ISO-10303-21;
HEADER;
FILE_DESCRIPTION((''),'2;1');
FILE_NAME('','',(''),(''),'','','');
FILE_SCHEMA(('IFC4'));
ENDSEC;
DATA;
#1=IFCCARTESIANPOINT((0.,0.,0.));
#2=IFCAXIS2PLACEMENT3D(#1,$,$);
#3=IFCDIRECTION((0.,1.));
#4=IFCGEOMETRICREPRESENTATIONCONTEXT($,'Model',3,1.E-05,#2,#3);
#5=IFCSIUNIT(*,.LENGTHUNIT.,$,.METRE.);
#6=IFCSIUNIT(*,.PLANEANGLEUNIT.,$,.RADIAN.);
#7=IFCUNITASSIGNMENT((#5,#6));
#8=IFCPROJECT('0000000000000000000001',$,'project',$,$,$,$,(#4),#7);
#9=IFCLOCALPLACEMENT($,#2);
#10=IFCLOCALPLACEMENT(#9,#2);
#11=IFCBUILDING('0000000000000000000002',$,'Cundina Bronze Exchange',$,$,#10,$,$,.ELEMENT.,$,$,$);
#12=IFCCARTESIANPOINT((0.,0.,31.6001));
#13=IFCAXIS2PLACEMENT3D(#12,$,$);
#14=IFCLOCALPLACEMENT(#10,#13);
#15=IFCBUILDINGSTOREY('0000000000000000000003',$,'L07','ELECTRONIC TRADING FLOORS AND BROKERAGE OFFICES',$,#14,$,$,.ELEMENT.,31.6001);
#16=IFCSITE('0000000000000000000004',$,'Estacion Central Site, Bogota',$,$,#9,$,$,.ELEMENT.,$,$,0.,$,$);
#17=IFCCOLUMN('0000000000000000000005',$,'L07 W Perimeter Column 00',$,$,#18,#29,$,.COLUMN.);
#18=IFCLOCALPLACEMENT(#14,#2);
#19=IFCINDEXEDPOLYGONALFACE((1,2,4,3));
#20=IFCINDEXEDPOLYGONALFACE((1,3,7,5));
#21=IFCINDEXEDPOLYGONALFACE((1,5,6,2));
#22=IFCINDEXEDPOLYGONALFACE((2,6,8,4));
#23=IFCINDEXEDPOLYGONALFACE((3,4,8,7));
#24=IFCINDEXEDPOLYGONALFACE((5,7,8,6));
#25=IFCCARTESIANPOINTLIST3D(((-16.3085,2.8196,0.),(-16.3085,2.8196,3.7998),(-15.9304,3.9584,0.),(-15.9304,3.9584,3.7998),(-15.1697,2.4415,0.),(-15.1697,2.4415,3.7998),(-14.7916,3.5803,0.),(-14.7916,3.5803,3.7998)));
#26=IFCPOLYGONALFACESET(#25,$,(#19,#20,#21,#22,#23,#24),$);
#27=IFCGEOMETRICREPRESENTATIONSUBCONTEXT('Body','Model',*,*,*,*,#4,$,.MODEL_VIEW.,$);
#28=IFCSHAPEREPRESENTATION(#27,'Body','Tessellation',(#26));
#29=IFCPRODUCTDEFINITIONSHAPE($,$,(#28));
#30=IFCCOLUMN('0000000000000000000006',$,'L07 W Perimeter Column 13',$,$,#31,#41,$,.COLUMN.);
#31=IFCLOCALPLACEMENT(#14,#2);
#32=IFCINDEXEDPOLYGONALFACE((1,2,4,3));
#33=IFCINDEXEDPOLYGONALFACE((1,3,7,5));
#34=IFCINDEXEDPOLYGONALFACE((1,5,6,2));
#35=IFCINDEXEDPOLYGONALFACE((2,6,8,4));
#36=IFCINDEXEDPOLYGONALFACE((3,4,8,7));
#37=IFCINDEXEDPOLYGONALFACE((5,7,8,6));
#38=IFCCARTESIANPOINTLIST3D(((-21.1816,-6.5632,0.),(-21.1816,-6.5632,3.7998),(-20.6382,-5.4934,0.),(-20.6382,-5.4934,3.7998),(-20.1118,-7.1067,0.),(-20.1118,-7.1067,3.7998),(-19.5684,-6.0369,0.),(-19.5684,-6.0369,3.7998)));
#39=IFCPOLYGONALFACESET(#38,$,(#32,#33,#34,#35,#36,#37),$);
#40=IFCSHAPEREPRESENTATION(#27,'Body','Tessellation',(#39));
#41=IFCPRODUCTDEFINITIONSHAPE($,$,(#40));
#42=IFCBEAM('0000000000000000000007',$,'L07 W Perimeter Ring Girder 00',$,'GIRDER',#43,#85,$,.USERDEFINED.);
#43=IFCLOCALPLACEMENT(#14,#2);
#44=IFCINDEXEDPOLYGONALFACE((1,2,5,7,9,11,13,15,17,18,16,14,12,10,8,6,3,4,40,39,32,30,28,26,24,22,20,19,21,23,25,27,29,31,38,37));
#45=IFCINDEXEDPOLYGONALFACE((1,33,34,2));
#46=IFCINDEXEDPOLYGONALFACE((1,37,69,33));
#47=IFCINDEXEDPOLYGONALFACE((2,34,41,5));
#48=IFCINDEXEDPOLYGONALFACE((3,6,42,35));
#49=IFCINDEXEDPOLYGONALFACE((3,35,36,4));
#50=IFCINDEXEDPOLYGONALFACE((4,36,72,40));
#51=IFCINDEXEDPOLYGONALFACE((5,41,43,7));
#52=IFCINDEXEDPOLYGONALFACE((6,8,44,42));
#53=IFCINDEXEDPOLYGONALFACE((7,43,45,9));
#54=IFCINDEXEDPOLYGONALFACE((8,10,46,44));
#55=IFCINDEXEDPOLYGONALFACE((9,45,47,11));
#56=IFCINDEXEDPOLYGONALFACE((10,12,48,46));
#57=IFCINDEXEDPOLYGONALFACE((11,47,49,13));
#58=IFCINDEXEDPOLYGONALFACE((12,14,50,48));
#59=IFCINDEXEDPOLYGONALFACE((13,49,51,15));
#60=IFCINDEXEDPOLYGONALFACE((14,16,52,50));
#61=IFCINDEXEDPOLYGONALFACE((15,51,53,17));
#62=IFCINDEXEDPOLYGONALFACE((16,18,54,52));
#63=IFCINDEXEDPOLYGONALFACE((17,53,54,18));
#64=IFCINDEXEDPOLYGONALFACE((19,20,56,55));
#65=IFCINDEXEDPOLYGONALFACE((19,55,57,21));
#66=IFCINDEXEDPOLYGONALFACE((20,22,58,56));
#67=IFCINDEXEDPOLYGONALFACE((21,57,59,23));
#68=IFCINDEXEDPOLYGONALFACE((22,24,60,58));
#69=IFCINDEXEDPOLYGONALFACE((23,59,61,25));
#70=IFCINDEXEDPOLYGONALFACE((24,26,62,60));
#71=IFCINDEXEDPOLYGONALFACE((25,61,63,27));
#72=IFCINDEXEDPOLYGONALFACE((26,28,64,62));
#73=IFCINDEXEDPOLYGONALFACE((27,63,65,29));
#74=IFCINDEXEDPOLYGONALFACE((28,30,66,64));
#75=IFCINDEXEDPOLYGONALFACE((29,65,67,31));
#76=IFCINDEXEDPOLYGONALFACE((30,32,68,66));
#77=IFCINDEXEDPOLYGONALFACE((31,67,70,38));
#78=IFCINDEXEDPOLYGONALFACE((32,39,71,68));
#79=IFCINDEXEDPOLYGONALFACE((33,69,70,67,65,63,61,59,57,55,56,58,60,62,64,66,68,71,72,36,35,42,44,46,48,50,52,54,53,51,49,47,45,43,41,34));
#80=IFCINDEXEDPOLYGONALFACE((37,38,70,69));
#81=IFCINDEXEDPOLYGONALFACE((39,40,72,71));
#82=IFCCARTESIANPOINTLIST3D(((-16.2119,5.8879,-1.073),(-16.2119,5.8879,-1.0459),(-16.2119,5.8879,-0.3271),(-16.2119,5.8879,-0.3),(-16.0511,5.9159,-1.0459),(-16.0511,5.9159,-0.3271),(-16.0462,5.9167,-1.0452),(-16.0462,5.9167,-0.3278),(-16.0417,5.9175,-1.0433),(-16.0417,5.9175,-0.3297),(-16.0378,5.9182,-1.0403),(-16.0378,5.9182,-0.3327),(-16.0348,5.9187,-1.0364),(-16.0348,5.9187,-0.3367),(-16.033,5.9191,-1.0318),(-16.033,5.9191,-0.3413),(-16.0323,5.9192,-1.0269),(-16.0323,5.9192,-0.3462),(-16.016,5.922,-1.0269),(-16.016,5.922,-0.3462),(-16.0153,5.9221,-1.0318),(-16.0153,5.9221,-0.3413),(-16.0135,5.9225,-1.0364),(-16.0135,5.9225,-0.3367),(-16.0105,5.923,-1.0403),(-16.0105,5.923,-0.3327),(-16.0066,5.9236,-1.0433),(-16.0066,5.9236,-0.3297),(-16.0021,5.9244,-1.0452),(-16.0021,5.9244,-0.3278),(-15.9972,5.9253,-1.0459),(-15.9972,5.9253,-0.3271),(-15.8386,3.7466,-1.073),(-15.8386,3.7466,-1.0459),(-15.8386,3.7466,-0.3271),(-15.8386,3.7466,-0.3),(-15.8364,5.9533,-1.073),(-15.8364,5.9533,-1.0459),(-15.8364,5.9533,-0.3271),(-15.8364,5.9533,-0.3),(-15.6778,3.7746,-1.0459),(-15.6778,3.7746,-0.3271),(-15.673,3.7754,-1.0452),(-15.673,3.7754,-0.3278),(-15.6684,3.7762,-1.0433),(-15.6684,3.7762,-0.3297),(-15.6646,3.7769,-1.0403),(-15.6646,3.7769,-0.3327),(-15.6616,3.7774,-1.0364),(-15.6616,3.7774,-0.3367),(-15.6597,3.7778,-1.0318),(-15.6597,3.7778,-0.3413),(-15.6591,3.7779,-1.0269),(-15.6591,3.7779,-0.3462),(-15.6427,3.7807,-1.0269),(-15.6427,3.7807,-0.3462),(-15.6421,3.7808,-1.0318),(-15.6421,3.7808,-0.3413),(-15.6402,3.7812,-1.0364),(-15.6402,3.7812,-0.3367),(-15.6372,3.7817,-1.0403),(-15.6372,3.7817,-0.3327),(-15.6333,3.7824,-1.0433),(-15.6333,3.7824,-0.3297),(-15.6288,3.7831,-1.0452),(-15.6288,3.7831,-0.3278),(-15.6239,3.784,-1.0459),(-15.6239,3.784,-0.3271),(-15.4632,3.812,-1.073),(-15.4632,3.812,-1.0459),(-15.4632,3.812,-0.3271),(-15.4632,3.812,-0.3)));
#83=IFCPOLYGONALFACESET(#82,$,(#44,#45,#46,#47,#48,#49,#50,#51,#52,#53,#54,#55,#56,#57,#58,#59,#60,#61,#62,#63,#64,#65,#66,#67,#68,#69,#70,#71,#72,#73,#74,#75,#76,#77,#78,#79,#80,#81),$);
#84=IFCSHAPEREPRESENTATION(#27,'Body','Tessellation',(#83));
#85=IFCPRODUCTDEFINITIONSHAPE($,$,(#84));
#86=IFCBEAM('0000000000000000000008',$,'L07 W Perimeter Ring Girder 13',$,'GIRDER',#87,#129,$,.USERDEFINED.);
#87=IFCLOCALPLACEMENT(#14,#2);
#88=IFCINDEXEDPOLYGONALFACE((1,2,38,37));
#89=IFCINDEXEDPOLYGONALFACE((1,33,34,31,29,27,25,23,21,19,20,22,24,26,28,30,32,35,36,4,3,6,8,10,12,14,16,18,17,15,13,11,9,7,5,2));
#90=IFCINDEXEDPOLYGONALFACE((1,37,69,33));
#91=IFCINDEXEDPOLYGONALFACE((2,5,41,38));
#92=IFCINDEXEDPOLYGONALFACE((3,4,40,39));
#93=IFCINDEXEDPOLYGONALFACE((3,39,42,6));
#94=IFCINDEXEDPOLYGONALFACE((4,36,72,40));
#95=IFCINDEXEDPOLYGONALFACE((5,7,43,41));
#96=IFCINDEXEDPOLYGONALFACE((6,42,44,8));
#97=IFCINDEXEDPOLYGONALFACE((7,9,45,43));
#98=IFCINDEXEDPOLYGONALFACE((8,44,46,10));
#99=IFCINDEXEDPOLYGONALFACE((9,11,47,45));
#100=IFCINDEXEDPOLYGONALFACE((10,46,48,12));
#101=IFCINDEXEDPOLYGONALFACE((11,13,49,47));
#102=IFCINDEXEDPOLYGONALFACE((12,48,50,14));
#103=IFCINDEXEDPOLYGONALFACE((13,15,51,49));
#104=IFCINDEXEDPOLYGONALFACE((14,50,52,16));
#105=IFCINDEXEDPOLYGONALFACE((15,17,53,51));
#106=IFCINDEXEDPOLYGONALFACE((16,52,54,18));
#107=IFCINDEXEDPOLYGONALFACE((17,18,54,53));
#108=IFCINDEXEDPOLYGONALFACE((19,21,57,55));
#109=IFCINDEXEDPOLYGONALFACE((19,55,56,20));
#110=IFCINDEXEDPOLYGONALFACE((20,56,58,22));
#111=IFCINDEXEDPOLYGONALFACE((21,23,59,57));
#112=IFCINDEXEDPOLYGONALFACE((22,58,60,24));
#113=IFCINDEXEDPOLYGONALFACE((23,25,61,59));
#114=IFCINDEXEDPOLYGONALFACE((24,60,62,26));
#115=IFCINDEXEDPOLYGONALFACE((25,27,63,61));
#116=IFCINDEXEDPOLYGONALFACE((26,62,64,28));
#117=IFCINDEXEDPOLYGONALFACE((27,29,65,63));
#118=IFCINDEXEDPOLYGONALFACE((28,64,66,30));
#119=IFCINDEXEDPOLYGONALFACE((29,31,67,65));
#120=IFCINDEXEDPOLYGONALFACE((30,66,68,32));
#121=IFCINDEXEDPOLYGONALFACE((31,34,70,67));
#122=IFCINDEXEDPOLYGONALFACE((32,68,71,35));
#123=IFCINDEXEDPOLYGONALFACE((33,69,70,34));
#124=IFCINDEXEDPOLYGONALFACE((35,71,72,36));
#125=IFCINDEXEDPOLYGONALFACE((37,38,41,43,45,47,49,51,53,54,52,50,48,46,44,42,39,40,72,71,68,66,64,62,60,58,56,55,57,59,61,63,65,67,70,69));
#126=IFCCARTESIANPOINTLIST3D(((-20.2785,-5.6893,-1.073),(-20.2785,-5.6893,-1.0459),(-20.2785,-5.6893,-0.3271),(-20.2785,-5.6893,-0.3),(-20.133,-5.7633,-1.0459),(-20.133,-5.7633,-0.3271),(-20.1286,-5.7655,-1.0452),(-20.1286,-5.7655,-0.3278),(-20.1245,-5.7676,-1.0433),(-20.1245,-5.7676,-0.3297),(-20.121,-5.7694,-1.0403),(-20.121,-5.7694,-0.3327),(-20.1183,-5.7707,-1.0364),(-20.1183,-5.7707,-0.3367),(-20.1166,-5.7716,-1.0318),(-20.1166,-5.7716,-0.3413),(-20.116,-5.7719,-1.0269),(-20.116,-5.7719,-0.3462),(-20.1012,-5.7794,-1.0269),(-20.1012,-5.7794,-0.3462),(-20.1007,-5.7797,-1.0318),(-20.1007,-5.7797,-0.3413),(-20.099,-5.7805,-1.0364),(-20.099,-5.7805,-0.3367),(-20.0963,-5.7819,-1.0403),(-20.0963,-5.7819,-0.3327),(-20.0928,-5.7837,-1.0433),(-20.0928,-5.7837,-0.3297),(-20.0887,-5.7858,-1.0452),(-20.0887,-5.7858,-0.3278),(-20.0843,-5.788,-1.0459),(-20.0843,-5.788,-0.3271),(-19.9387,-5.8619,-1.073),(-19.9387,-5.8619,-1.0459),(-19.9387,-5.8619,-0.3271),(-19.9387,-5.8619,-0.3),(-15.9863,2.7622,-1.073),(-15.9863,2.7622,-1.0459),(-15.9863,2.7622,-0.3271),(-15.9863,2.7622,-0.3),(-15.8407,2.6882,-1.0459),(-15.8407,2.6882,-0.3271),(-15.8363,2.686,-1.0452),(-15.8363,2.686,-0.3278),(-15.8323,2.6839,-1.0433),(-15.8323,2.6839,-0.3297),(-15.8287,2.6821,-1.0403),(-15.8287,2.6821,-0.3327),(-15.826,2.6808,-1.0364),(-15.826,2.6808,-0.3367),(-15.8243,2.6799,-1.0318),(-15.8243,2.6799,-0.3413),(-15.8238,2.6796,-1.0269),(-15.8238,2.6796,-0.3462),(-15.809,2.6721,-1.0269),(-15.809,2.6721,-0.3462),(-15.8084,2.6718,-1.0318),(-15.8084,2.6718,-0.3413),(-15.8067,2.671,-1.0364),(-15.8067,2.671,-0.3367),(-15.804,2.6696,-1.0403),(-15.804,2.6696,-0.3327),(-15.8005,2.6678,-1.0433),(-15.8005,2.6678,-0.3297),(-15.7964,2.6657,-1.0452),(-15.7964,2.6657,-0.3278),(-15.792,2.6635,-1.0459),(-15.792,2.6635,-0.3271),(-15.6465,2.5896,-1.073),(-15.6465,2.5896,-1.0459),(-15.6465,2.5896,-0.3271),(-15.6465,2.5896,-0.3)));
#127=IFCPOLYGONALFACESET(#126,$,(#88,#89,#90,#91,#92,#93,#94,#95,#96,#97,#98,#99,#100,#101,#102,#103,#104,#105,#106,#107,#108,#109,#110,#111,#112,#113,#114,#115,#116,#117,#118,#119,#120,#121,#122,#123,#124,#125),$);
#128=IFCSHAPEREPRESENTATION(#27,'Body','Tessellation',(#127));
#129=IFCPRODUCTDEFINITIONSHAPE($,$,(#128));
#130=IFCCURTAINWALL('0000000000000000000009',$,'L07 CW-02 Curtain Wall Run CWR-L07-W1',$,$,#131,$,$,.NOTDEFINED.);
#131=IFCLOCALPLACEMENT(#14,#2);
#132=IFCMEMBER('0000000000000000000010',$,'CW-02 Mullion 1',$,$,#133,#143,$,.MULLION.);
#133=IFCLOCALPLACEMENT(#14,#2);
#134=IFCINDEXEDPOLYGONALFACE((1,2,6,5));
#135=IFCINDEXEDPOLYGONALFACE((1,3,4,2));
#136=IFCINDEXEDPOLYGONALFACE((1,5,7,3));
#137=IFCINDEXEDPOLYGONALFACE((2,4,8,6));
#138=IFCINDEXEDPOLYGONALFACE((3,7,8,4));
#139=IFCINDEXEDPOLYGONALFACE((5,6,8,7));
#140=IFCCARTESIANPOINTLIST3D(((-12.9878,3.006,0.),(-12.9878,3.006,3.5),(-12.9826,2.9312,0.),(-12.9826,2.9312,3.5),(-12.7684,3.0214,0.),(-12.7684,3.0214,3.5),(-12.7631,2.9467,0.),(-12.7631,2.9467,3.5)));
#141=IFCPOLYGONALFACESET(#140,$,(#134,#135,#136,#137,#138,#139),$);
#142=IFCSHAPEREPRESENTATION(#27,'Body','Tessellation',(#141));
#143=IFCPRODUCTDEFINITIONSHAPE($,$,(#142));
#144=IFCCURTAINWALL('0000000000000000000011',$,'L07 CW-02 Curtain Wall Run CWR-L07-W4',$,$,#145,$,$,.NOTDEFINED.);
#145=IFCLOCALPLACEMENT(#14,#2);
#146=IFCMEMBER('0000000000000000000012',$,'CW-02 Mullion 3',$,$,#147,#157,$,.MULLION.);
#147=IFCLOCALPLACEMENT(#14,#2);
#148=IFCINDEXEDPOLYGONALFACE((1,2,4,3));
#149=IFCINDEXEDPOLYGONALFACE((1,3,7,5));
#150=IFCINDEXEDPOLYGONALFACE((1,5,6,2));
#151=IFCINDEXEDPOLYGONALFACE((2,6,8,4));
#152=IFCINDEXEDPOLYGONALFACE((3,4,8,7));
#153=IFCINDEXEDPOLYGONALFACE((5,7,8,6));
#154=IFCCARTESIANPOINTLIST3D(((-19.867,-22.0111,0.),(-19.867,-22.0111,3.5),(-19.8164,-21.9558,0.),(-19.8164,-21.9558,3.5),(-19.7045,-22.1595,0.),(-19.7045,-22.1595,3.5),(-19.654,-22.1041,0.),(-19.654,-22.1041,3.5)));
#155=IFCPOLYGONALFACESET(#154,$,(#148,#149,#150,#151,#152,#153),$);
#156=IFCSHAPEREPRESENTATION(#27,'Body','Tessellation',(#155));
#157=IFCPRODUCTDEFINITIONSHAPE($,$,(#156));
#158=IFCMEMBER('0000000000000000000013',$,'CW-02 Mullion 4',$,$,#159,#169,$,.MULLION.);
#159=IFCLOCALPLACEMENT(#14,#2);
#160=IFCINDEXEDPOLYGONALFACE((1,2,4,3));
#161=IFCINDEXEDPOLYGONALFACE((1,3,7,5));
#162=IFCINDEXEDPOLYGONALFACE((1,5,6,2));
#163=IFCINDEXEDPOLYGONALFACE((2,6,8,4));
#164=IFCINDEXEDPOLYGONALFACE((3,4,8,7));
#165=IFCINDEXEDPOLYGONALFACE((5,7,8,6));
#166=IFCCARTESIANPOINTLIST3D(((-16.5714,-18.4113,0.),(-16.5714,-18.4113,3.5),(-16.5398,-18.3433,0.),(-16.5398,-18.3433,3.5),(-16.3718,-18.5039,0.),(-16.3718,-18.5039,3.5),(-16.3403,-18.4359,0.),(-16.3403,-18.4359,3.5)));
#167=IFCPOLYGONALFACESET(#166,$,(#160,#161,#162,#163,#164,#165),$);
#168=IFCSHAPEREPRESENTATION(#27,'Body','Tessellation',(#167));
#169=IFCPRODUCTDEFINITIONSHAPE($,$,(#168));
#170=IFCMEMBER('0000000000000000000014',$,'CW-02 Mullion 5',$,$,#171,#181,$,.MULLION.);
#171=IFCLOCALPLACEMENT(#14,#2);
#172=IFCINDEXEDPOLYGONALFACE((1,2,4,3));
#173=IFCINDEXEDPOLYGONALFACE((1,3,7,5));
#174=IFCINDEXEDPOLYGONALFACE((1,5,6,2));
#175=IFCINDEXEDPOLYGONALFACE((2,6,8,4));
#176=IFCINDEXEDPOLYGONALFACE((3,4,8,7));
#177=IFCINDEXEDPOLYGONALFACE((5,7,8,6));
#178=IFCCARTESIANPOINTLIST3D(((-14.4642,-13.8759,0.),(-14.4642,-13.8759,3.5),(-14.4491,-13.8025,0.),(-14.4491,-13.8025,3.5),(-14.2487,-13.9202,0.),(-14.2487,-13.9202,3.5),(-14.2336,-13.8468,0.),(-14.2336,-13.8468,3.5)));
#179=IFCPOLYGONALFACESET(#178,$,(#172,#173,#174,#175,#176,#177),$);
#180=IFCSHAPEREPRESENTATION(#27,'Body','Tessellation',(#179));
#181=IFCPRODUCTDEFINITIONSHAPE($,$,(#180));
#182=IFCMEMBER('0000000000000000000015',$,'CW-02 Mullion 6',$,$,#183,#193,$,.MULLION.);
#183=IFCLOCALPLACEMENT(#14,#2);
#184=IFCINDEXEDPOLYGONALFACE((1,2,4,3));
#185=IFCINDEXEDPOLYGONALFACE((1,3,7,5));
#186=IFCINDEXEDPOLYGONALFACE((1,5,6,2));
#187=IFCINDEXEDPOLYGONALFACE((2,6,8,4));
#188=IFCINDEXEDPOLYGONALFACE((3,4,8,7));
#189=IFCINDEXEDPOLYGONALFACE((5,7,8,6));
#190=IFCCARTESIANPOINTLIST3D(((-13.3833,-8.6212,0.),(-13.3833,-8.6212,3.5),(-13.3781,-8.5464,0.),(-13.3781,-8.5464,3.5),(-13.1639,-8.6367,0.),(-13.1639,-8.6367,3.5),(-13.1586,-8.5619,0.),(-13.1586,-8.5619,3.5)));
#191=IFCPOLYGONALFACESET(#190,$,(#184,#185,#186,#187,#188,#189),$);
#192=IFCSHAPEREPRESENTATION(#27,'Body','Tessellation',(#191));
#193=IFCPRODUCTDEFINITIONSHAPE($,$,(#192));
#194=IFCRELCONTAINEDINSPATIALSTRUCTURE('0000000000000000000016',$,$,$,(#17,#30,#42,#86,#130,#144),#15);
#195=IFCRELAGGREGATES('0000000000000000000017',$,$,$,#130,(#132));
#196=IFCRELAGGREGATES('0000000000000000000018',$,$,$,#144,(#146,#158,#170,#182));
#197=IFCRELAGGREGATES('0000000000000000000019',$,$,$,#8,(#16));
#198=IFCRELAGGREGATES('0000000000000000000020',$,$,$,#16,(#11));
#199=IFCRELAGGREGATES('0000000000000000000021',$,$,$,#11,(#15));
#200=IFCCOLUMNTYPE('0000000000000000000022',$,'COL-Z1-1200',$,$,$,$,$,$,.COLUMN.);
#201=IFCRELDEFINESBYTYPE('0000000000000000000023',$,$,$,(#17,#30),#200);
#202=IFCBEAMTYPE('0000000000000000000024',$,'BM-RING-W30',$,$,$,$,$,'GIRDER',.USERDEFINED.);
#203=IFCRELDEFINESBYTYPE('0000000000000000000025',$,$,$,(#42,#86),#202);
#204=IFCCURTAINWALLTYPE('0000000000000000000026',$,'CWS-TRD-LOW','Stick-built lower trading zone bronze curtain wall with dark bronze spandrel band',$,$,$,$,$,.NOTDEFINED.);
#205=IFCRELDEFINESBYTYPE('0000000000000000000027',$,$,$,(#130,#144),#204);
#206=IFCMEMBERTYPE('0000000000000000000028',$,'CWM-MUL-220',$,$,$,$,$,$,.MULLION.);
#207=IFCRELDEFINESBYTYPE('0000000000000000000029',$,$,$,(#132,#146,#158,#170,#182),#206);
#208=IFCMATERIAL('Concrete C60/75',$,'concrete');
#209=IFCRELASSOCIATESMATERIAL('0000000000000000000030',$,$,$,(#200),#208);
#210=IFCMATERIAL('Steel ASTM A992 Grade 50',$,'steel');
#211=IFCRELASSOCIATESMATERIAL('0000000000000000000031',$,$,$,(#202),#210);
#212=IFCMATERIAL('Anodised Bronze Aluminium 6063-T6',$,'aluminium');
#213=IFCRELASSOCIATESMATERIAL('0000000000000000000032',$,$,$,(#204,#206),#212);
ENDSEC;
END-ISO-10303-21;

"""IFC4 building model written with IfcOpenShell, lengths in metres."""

from ifc_helpers import new_model, si_unit, direction, frame, origin, origin_2d, place, context, subcontext, project, spatial, rectangle, i_section, extrude, material, material_profile, profile_set, type_object, element, aggregate, save


model = new_model("IFC4")

# Units and contexts
model_context = context("Model", 3, precision=1e-05, world=origin(), true_north=direction((0.0, 1.0)))
body_context = subcontext(model_context, "Body", "Model", "MODEL_VIEW")
ifc_project = project(units=[si_unit("LENGTHUNIT", "METRE"), si_unit("PLANEANGLEUNIT", "RADIAN")], contexts=[model_context])

# Site, building, storey
site_placement = place(None, origin())
site = spatial("IfcSite", under=ifc_project, at=site_placement, Name="Estacion Central Site, Bogota", CompositionType="ELEMENT", RefElevation=0.0)
building_placement = place(site_placement, origin())
building = spatial("IfcBuilding", under=site, at=building_placement, Name="Cundina Bronze Exchange", CompositionType="ELEMENT")
storey_placement = place(building_placement, frame((0.0, 0.0, 31.6001)))
storey = spatial("IfcBuildingStorey", under=building, at=storey_placement, Name="L07", Description="ELECTRONIC TRADING FLOORS AND BROKERAGE OFFICES", CompositionType="ELEMENT", Elevation=31.6001)

# Columns
ifc_material_1 = material(Name="Concrete C60/75", Category="concrete")
ifc_material_profile_1 = material_profile(ifc_material_1, rectangle(XDim=1.2, YDim=1.2, at=origin_2d()), Name="RC1200X1200", Category="concrete")
ifc_profile_set_1 = profile_set([ifc_material_profile_1], Name="Concrete C60/75")
column_type = type_object("IfcColumnType", Name="COL-Z1-1200", PredefinedType="COLUMN", material=ifc_profile_set_1)
for number, where, z_axis, x_axis, name in (
    (1, (-15.55, 3.2, 0.0), (0.0, 0.0, 1.0), (0.315152, 0.949041, 0.0), "L07 W Perimeter Column 00"),
    (2, (-20.375, -6.3, 0.0), (0.0, 0.0, 1.0), (0.452902, 0.891561, 0.0), "L07 W Perimeter Column 13"),
):
    element("IfcColumn", number, at=place(storey_placement, frame(where, z_axis=z_axis, x_axis=x_axis)), inside=storey, type_object=column_type, Name=name, PredefinedType="COLUMN", context=body_context, shape_type="SweptSolid", body=[
        extrude(rectangle(XDim=1.2, YDim=1.2, at=origin_2d()), origin(), (0.0, 0.0, 1.0), 3.7998),
    ])

# Beams
ifc_material_2 = material(Name="Steel ASTM A992 Grade 50", Category="steel")
ifc_material_profile_2 = material_profile(ifc_material_2, i_section(OverallWidth=0.3811, OverallDepth=0.7729, WebThickness=0.0166, FlangeThickness=0.0271, FilletRadius=0.019, at=origin_2d()), Name="W30X173", Category="steel")
ifc_profile_set_2 = profile_set([ifc_material_profile_2], Name="Steel ASTM A992 Grade 50")
beam_type = type_object("IfcBeamType", Name="BM-RING-W30", ElementType="GIRDER", PredefinedType="USERDEFINED", material=ifc_profile_set_2)
beam_1_placement = place(storey_placement, frame((-15.6509, 3.7793, -0.6865), z_axis=(-0.171735, 0.985143, 0.0), x_axis=(-0.985143, -0.171735, 0.0)))
element("IfcBeam", 3, at=beam_1_placement, inside=storey, type_object=beam_type, Name="L07 W Perimeter Ring Girder 00", ObjectType="GIRDER", PredefinedType="USERDEFINED", context=body_context, shape_type="SweptSolid", body=[
    extrude(i_section(OverallWidth=0.3811, OverallDepth=0.7729, WebThickness=0.0166, FlangeThickness=0.0271, FilletRadius=0.019, at=origin_2d()), origin(), (0.0, 0.0, 1.0), 2.1736),
])
beam_2_placement = place(storey_placement, frame((-20.1086, -5.7756, -0.6865), z_axis=(0.45282, 0.891602, 0.0), x_axis=(-0.891602, 0.45282, 0.0)))
element("IfcBeam", 4, at=beam_2_placement, inside=storey, type_object=beam_type, Name="L07 W Perimeter Ring Girder 13", ObjectType="GIRDER", PredefinedType="USERDEFINED", context=body_context, shape_type="SweptSolid", body=[
    extrude(i_section(OverallWidth=0.3811, OverallDepth=0.7729, WebThickness=0.0166, FlangeThickness=0.0271, FilletRadius=0.019, at=origin_2d()), origin(), (0.0, 0.0, 1.0), 9.479),
])

# Curtain wall, member
ifc_material_3 = material(Name="Anodised Bronze Aluminium 6063-T6", Category="aluminium")
curtain_wall_type = type_object("IfcCurtainWallType", Name="CWS-TRD-LOW", Description="Stick-built lower trading zone bronze curtain wall with dark bronze spandrel band", PredefinedType="NOTDEFINED", material=ifc_material_3)
curtain_wall_1_placement = place(storey_placement, origin())
curtain_wall_1 = element("IfcCurtainWall", 5, at=curtain_wall_1_placement, inside=storey, type_object=curtain_wall_type, Name="L07 CW-02 Curtain Wall Run CWR-L07-W1", PredefinedType="NOTDEFINED")
ifc_material_profile_3 = material_profile(ifc_material_3, rectangle(XDim=0.075, YDim=0.22, at=origin_2d()), Name="AL75X220", Category="aluminium")
ifc_profile_set_3 = profile_set([ifc_material_profile_3], Name="Anodised Bronze Aluminium 6063-T6")
member_type_1 = type_object("IfcMemberType", Name="CWM-MUL-220", PredefinedType="MULLION", material=ifc_profile_set_3)
member_1_placement = place(storey_placement, frame((-12.8755, 2.9763, 0.0), z_axis=(0.0, 0.0, 1.0), x_axis=(-0.070279, 0.997527, 0.0)))
member_1 = element("IfcMember", 6, at=member_1_placement, type_object=member_type_1, Name="CW-02 Mullion 1", PredefinedType="MULLION", context=body_context, shape_type="SweptSolid", body=[
    extrude(rectangle(XDim=0.075, YDim=0.22, at=origin_2d()), origin(), (0.0, 0.0, 1.0), 3.5),
])

# Curtain wall, members
curtain_wall_2_placement = place(storey_placement, origin())
curtain_wall_2 = element("IfcCurtainWall", 7, at=curtain_wall_2_placement, inside=storey, type_object=curtain_wall_type, Name="L07 CW-02 Curtain Wall Run CWR-L07-W4", PredefinedType="NOTDEFINED")
member_2_placement = place(storey_placement, frame((-19.7605, -22.0576, 0.0), z_axis=(0.0, 0.0, 1.0), x_axis=(0.674302, 0.738455, 0.0)))
member_2 = element("IfcMember", 8, at=member_2_placement, type_object=member_type_1, Name="CW-02 Mullion 3", PredefinedType="MULLION", context=body_context, shape_type="SweptSolid", body=[
    extrude(rectangle(XDim=0.075, YDim=0.22, at=origin_2d()), origin(), (0.0, 0.0, 1.0), 3.5),
])
member_3_placement = place(storey_placement, frame((-16.4558, -18.4236, 0.0), z_axis=(0.0, 0.0, 1.0), x_axis=(0.420877, 0.907117, 0.0)))
member_3 = element("IfcMember", 9, at=member_3_placement, type_object=member_type_1, Name="CW-02 Mullion 4", PredefinedType="MULLION", context=body_context, shape_type="SweptSolid", body=[
    extrude(rectangle(XDim=0.075, YDim=0.22, at=origin_2d()), origin(), (0.0, 0.0, 1.0), 3.5),
])
member_4_placement = place(storey_placement, frame((-14.3489, -13.8613, 0.0), z_axis=(0.0, 0.0, 1.0), x_axis=(0.20142, 0.979505, 0.0)))
member_4 = element("IfcMember", 10, at=member_4_placement, type_object=member_type_1, Name="CW-02 Mullion 5", PredefinedType="MULLION", context=body_context, shape_type="SweptSolid", body=[
    extrude(rectangle(XDim=0.075, YDim=0.22, at=origin_2d()), origin(), (0.0, 0.0, 1.0), 3.5),
])
member_5_placement = place(storey_placement, frame((-13.271, -8.5916, 0.0), z_axis=(0.0, 0.0, 1.0), x_axis=(0.070279, 0.997527, 0.0)))
member_5 = element("IfcMember", 11, at=member_5_placement, type_object=member_type_1, Name="CW-02 Mullion 6", PredefinedType="MULLION", context=body_context, shape_type="SweptSolid", body=[
    extrude(rectangle(XDim=0.075, YDim=0.22, at=origin_2d()), origin(), (0.0, 0.0, 1.0), 3.5),
])

aggregate(curtain_wall_1, [member_1])

aggregate(curtain_wall_2, [member_2, member_3, member_4, member_5])

save(model, "model.ifc")
